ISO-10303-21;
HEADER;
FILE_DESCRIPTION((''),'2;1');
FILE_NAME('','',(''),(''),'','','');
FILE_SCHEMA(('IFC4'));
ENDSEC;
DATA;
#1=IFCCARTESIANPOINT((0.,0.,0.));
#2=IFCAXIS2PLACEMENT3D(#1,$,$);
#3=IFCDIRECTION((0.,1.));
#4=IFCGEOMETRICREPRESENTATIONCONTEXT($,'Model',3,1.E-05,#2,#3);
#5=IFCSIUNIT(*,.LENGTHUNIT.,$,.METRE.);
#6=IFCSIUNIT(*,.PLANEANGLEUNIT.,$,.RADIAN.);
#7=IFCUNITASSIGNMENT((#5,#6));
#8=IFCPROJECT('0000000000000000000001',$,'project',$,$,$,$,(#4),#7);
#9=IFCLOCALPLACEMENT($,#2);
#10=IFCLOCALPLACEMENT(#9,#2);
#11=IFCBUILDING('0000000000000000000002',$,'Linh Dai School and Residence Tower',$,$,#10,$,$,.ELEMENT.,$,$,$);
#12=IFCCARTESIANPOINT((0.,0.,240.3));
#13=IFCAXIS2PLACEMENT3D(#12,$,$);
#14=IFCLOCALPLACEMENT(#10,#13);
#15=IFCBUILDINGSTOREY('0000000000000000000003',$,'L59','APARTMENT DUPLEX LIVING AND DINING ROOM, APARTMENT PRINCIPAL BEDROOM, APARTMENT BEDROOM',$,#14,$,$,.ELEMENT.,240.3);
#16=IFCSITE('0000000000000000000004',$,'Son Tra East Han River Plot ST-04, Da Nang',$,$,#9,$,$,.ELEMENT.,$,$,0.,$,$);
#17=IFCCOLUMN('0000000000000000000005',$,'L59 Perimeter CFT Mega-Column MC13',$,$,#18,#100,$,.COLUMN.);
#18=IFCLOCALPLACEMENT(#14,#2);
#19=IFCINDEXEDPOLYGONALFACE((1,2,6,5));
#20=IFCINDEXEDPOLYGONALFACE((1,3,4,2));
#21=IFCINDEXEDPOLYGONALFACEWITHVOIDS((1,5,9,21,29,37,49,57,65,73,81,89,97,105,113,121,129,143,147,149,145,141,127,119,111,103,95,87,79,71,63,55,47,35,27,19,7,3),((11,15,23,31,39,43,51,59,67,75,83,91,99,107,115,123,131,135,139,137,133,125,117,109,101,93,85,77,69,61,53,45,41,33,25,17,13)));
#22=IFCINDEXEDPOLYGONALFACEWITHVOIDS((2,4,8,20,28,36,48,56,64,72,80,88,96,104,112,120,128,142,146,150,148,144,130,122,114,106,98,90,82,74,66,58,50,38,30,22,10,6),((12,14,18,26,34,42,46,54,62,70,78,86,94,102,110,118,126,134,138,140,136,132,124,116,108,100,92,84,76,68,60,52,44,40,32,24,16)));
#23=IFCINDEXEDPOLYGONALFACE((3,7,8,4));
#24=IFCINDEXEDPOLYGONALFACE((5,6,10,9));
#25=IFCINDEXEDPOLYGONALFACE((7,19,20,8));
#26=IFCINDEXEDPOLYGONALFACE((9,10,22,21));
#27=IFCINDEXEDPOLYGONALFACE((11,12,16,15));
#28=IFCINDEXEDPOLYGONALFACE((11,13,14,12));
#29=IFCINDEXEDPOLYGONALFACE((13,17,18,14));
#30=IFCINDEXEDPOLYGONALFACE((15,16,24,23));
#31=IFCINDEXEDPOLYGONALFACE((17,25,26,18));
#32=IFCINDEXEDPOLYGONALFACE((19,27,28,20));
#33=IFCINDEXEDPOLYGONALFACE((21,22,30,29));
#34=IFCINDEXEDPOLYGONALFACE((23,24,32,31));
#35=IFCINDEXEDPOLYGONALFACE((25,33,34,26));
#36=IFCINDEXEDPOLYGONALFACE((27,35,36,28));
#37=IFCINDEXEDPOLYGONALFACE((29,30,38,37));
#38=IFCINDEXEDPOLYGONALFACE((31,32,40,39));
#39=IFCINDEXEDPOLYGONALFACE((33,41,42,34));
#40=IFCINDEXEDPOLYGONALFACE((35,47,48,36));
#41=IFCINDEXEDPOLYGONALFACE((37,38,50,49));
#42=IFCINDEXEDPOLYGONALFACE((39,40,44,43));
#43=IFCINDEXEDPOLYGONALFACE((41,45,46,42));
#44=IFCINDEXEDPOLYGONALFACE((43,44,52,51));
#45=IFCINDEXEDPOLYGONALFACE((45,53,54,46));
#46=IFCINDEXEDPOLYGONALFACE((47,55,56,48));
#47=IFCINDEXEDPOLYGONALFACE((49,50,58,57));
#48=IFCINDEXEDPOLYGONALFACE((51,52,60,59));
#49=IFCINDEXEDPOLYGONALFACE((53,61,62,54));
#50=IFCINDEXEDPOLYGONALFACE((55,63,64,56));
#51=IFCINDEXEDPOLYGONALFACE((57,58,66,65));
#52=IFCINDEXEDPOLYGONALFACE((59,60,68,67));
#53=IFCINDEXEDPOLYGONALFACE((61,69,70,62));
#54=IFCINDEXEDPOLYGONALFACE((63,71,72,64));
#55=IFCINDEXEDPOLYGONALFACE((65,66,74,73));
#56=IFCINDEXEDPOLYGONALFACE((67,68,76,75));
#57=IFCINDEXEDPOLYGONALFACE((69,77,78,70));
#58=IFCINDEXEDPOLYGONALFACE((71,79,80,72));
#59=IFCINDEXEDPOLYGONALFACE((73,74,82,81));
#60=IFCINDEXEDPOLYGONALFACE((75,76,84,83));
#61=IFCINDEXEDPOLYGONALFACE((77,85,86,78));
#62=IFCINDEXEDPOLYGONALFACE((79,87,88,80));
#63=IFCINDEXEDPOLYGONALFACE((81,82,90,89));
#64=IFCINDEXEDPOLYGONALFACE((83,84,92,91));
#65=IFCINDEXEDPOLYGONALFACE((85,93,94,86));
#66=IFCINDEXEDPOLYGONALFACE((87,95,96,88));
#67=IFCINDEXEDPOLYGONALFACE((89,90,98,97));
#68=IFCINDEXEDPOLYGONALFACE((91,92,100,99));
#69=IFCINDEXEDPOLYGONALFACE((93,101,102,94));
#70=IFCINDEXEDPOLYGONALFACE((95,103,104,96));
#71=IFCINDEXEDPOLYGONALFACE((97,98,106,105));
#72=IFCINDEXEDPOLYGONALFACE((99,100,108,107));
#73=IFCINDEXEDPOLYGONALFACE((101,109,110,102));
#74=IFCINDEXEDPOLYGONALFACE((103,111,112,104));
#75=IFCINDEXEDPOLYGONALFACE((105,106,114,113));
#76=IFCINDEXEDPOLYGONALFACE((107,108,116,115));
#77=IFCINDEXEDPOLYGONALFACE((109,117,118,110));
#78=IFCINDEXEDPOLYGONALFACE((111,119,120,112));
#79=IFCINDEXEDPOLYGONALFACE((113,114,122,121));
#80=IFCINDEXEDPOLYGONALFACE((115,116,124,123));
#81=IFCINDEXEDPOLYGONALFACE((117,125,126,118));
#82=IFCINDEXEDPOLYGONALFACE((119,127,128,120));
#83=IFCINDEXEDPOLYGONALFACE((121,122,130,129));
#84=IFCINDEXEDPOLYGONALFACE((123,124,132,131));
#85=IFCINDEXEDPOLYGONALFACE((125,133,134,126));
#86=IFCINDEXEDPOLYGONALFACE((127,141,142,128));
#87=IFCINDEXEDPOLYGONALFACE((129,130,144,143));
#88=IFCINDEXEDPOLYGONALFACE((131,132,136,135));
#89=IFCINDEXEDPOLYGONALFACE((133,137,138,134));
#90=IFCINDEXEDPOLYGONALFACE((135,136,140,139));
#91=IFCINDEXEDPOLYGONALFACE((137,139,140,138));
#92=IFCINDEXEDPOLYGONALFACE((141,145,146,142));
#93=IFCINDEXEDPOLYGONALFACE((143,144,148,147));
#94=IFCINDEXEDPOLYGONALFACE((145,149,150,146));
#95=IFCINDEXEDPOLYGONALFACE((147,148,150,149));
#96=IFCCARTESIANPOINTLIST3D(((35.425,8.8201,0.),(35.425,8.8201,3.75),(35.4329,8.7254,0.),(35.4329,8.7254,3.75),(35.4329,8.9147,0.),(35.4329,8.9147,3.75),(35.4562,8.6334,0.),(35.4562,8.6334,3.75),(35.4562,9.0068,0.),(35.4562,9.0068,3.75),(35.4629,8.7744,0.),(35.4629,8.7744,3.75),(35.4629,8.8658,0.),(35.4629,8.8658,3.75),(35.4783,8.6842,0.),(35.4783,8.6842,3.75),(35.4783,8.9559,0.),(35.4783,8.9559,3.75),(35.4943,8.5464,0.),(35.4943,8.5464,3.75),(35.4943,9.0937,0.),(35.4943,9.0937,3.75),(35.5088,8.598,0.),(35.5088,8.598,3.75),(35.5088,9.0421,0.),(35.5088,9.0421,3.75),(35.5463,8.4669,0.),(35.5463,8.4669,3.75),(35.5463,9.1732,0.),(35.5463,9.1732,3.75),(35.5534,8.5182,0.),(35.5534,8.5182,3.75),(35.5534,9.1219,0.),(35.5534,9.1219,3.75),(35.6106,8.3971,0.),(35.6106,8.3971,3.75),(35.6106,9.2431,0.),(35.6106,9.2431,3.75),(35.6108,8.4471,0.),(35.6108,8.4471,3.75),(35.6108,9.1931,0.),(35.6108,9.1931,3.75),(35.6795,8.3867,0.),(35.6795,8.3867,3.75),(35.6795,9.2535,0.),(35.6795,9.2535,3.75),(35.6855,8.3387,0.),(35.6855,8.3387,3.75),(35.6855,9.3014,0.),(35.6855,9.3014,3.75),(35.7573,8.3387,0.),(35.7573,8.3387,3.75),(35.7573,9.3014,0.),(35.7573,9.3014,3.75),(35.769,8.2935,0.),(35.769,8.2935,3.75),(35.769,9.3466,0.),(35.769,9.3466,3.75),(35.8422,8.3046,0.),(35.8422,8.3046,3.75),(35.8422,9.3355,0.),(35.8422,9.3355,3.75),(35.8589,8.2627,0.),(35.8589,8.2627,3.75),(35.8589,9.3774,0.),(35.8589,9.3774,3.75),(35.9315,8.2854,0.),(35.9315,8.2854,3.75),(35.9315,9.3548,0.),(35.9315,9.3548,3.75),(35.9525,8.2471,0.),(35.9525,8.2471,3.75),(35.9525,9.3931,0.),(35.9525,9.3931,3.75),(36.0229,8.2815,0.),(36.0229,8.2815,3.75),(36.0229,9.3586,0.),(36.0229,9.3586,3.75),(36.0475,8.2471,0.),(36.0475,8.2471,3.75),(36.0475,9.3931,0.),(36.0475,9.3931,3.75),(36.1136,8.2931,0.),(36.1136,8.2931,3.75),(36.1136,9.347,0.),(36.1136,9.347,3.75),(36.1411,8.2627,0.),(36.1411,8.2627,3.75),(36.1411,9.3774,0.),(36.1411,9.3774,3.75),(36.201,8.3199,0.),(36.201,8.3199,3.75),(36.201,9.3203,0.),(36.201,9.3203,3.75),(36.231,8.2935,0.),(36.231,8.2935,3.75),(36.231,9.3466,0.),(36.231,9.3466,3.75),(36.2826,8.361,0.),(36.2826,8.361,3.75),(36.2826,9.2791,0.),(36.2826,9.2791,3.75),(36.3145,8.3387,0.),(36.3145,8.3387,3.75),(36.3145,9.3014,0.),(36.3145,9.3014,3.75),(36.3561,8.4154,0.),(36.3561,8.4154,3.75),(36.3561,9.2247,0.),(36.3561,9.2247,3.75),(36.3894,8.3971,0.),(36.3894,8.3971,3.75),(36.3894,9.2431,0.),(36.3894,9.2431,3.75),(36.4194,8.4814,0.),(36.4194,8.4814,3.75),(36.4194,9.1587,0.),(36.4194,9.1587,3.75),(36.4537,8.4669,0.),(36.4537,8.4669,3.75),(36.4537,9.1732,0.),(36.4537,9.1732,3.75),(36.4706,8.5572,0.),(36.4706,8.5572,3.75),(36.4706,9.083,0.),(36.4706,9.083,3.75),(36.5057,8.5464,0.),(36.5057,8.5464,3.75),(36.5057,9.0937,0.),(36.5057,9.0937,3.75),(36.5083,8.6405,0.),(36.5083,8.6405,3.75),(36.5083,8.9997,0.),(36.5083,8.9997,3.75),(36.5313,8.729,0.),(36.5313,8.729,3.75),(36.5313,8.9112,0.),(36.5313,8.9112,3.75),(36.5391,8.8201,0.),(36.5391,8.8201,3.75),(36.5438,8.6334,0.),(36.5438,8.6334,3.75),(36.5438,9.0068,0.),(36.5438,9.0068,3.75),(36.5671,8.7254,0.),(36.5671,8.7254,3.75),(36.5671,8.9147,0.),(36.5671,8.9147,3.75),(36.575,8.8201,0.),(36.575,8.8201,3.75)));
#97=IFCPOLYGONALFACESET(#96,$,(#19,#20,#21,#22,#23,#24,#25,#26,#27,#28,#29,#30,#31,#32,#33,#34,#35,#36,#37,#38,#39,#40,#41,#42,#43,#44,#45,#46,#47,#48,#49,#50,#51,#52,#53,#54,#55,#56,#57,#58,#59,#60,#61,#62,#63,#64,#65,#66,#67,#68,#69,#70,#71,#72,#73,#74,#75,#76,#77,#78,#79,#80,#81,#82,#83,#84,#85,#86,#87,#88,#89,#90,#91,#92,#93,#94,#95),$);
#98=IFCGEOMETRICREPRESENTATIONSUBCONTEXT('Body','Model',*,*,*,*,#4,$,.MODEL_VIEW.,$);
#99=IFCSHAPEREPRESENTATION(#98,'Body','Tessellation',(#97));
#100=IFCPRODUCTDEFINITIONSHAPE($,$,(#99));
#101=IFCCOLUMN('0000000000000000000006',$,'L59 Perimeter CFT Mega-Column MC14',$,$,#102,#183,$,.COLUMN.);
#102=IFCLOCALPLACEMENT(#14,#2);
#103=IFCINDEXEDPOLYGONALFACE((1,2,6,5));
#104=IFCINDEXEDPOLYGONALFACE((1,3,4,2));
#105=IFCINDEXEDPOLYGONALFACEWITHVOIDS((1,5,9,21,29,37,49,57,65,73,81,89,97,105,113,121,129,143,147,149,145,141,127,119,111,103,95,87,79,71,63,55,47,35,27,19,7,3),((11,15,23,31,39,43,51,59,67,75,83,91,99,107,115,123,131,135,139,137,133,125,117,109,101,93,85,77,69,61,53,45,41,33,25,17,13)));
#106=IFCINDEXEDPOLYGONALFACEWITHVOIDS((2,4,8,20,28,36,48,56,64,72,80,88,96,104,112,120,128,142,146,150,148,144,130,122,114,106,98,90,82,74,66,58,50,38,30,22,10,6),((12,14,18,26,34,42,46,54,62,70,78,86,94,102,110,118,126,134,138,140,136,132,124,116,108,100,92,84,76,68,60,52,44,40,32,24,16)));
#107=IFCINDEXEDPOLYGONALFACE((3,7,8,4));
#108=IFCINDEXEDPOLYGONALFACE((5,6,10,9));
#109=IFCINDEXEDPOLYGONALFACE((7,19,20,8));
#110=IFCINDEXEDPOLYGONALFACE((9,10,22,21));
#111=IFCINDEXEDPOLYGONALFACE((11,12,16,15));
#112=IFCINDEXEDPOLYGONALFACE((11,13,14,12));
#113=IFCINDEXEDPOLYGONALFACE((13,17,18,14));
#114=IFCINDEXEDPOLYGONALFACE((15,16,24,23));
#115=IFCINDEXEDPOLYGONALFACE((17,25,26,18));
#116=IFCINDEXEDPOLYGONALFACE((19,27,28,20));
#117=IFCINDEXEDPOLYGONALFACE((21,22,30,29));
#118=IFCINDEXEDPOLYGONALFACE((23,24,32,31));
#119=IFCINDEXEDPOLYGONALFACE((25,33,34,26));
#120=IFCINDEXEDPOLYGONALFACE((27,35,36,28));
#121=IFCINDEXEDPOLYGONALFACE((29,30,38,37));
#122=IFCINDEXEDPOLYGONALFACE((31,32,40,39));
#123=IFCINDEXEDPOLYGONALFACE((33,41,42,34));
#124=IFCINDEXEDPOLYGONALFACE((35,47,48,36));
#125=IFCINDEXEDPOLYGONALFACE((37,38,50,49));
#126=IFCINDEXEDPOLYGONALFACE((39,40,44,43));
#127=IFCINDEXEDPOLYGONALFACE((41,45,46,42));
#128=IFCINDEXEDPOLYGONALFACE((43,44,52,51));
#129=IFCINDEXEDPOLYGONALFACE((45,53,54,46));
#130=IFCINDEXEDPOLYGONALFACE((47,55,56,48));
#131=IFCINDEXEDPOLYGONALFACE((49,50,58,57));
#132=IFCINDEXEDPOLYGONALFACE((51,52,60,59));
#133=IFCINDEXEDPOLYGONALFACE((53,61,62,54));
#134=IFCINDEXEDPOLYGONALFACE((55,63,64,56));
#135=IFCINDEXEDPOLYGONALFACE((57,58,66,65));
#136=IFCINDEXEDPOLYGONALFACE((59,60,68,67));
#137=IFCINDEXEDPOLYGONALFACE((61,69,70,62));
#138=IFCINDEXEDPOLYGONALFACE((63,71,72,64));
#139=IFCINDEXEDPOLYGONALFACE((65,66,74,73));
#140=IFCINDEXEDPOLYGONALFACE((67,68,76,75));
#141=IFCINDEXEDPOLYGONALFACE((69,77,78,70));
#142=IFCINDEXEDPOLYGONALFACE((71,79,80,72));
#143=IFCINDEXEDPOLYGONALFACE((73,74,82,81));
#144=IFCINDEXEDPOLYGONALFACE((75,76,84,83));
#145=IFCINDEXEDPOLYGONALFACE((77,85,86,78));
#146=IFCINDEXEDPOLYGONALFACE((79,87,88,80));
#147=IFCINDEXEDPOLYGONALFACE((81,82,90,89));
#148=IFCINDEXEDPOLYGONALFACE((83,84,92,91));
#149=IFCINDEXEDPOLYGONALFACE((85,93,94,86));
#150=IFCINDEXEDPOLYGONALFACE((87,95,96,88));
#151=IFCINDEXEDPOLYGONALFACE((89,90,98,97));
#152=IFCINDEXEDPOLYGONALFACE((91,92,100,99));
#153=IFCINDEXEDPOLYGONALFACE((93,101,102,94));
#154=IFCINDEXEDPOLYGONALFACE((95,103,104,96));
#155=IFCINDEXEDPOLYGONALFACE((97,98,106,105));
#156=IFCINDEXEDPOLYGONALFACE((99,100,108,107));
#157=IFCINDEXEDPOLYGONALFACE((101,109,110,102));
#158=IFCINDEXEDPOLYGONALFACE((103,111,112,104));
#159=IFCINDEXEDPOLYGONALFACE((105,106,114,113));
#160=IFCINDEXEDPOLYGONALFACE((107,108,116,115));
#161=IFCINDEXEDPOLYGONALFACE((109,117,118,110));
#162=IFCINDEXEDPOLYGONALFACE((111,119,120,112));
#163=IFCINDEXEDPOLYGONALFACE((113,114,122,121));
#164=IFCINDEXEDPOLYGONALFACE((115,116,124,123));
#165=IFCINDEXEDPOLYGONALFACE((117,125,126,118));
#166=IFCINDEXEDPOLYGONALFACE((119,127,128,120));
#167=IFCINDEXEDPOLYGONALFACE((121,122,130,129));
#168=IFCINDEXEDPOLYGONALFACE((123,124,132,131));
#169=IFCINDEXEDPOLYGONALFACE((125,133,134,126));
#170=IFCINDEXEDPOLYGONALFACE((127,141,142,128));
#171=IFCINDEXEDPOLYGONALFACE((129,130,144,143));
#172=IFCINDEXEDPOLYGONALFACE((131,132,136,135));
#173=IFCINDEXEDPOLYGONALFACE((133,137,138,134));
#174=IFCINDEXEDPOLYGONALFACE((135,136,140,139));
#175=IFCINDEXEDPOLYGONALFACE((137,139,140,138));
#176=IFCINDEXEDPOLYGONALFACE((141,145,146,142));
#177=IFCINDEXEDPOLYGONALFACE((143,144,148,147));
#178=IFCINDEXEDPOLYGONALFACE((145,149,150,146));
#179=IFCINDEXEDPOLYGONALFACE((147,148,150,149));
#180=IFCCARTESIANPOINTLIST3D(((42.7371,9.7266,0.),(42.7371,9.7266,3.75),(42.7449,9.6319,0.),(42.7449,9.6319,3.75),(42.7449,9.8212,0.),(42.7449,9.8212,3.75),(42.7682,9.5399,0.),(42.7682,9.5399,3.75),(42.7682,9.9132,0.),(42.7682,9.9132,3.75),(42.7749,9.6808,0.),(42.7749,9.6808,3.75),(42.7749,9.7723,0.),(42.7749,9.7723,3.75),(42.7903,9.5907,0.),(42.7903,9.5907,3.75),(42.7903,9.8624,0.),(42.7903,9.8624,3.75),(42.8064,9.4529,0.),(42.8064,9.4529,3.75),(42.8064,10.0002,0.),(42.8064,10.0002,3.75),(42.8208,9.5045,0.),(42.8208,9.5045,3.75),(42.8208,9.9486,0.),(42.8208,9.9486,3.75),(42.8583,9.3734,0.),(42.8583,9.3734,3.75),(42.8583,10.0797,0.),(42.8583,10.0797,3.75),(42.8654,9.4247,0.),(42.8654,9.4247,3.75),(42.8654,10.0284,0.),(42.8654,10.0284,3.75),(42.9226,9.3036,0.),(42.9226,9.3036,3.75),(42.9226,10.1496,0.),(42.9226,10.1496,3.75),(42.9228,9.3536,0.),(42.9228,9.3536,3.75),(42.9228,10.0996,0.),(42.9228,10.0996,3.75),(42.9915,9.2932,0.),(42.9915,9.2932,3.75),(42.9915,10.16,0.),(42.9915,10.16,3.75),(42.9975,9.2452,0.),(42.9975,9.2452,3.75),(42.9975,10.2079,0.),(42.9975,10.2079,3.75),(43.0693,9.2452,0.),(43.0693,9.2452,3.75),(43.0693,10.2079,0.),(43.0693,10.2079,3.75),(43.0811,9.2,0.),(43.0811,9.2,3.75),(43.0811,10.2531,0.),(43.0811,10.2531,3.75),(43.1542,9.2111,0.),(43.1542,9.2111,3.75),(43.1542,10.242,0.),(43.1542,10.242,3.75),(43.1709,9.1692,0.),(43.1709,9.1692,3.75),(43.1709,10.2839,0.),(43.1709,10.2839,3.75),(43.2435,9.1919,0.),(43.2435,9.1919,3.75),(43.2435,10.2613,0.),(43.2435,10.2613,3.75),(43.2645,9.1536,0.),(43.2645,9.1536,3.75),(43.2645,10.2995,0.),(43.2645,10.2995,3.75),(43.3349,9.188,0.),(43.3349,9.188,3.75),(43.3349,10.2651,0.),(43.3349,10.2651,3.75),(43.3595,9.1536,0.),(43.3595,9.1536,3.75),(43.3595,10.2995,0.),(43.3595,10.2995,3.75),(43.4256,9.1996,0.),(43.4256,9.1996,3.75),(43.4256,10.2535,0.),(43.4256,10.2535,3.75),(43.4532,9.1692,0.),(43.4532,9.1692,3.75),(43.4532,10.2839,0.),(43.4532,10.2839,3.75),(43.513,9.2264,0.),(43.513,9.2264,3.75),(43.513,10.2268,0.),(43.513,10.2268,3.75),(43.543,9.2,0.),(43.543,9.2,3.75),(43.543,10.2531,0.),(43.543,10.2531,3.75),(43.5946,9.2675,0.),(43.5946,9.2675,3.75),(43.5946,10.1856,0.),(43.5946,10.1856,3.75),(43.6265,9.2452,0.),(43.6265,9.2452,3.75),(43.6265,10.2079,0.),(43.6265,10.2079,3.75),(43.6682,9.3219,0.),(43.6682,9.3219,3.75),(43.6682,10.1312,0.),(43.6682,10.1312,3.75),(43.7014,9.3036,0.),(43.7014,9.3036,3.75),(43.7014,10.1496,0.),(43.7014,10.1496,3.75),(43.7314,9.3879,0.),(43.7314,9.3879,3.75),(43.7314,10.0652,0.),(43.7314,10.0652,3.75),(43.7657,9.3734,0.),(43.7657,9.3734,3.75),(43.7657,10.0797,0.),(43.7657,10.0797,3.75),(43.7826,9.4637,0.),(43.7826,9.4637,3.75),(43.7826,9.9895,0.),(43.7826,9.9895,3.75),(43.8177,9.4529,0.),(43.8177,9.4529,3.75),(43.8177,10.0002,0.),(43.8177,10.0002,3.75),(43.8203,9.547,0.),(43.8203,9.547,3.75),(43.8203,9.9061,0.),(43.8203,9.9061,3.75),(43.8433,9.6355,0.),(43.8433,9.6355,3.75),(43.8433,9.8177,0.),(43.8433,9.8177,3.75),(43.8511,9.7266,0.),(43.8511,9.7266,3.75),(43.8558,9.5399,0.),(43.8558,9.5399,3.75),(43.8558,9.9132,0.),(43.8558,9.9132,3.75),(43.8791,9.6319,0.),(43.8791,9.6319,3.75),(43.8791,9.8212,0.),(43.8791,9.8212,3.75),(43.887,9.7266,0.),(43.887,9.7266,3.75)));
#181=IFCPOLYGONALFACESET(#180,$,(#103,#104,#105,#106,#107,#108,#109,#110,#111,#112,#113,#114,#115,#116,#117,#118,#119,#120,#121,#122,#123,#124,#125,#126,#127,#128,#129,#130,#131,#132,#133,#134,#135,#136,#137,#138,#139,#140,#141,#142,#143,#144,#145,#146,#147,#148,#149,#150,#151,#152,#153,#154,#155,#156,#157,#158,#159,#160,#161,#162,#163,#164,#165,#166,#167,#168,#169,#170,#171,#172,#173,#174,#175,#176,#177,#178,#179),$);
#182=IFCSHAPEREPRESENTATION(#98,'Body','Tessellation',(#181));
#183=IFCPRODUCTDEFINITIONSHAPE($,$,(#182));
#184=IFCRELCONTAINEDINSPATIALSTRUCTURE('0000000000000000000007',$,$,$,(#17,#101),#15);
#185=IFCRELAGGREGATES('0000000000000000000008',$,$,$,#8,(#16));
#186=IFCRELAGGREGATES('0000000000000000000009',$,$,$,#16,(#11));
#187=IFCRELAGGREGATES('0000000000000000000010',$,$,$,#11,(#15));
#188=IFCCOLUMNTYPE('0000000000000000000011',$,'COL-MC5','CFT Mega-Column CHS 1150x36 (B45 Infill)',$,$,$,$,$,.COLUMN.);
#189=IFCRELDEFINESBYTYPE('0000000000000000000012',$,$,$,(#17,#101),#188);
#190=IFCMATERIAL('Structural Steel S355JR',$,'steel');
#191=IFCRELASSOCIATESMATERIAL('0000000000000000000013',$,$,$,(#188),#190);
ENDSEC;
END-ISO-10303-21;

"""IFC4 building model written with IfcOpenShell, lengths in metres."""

from ifc_helpers import new_model, si_unit, direction, frame, origin, origin_2d, place, context, subcontext, project, spatial, hollow_circle, extrude, material, material_profile, profile_set, type_object, element, save


model = new_model("IFC4")

# Units and contexts
model_context = context("Model", 3, precision=1e-05, world=origin(), true_north=direction((0.0, 1.0)))
body_context = subcontext(model_context, "Body", "Model", "MODEL_VIEW")
ifc_project = project(units=[si_unit("LENGTHUNIT", "METRE"), si_unit("PLANEANGLEUNIT", "RADIAN")], contexts=[model_context])

# Site, building, storey
site_placement = place(None, origin())
site = spatial("IfcSite", under=ifc_project, at=site_placement, Name="Son Tra East Han River Plot ST-04, Da Nang", CompositionType="ELEMENT", RefElevation=0.0)
building_placement = place(site_placement, origin())
building = spatial("IfcBuilding", under=site, at=building_placement, Name="Linh Dai School and Residence Tower", CompositionType="ELEMENT")
storey_placement = place(building_placement, frame((0.0, 0.0, 240.3)))
storey = spatial("IfcBuildingStorey", under=building, at=storey_placement, Name="L59", Description="APARTMENT DUPLEX LIVING AND DINING ROOM, APARTMENT PRINCIPAL BEDROOM, APARTMENT BEDROOM", CompositionType="ELEMENT", Elevation=240.3)

# Columns
ifc_material_1 = material(Name="Structural Steel S355JR", Category="steel")
ifc_material_profile_1 = material_profile(ifc_material_1, hollow_circle(Radius=0.575, WallThickness=0.0359, at=origin_2d()), Name="CHS 1150x36")
ifc_profile_set_1 = profile_set([ifc_material_profile_1], Name="Structural Steel S355JR")
column_type = type_object("IfcColumnType", Name="COL-MC5", Description="CFT Mega-Column CHS 1150x36 (B45 Infill)", PredefinedType="COLUMN", material=ifc_profile_set_1)
for number, where, z_axis, x_axis, name in (
    (1, (36.0, 8.8201, 0.0), (0.0, 0.0, 1.0), (1.0, 0.0, 0.0), "L59 Perimeter CFT Mega-Column MC13"),
    (2, (43.312, 9.7266, 0.0), (0.0, 0.0, 1.0), (1.0, 0.0, 0.0), "L59 Perimeter CFT Mega-Column MC14"),
):
    element("IfcColumn", number, at=place(storey_placement, frame(where, z_axis=z_axis, x_axis=x_axis)), inside=storey, type_object=column_type, Name=name, PredefinedType="COLUMN", context=body_context, shape_type="SweptSolid", body=[
        extrude(hollow_circle(Radius=0.575, WallThickness=0.0359, at=origin_2d()), origin(), (0.0, 0.0, 1.0), 3.75),
    ])

save(model, "model.ifc")
